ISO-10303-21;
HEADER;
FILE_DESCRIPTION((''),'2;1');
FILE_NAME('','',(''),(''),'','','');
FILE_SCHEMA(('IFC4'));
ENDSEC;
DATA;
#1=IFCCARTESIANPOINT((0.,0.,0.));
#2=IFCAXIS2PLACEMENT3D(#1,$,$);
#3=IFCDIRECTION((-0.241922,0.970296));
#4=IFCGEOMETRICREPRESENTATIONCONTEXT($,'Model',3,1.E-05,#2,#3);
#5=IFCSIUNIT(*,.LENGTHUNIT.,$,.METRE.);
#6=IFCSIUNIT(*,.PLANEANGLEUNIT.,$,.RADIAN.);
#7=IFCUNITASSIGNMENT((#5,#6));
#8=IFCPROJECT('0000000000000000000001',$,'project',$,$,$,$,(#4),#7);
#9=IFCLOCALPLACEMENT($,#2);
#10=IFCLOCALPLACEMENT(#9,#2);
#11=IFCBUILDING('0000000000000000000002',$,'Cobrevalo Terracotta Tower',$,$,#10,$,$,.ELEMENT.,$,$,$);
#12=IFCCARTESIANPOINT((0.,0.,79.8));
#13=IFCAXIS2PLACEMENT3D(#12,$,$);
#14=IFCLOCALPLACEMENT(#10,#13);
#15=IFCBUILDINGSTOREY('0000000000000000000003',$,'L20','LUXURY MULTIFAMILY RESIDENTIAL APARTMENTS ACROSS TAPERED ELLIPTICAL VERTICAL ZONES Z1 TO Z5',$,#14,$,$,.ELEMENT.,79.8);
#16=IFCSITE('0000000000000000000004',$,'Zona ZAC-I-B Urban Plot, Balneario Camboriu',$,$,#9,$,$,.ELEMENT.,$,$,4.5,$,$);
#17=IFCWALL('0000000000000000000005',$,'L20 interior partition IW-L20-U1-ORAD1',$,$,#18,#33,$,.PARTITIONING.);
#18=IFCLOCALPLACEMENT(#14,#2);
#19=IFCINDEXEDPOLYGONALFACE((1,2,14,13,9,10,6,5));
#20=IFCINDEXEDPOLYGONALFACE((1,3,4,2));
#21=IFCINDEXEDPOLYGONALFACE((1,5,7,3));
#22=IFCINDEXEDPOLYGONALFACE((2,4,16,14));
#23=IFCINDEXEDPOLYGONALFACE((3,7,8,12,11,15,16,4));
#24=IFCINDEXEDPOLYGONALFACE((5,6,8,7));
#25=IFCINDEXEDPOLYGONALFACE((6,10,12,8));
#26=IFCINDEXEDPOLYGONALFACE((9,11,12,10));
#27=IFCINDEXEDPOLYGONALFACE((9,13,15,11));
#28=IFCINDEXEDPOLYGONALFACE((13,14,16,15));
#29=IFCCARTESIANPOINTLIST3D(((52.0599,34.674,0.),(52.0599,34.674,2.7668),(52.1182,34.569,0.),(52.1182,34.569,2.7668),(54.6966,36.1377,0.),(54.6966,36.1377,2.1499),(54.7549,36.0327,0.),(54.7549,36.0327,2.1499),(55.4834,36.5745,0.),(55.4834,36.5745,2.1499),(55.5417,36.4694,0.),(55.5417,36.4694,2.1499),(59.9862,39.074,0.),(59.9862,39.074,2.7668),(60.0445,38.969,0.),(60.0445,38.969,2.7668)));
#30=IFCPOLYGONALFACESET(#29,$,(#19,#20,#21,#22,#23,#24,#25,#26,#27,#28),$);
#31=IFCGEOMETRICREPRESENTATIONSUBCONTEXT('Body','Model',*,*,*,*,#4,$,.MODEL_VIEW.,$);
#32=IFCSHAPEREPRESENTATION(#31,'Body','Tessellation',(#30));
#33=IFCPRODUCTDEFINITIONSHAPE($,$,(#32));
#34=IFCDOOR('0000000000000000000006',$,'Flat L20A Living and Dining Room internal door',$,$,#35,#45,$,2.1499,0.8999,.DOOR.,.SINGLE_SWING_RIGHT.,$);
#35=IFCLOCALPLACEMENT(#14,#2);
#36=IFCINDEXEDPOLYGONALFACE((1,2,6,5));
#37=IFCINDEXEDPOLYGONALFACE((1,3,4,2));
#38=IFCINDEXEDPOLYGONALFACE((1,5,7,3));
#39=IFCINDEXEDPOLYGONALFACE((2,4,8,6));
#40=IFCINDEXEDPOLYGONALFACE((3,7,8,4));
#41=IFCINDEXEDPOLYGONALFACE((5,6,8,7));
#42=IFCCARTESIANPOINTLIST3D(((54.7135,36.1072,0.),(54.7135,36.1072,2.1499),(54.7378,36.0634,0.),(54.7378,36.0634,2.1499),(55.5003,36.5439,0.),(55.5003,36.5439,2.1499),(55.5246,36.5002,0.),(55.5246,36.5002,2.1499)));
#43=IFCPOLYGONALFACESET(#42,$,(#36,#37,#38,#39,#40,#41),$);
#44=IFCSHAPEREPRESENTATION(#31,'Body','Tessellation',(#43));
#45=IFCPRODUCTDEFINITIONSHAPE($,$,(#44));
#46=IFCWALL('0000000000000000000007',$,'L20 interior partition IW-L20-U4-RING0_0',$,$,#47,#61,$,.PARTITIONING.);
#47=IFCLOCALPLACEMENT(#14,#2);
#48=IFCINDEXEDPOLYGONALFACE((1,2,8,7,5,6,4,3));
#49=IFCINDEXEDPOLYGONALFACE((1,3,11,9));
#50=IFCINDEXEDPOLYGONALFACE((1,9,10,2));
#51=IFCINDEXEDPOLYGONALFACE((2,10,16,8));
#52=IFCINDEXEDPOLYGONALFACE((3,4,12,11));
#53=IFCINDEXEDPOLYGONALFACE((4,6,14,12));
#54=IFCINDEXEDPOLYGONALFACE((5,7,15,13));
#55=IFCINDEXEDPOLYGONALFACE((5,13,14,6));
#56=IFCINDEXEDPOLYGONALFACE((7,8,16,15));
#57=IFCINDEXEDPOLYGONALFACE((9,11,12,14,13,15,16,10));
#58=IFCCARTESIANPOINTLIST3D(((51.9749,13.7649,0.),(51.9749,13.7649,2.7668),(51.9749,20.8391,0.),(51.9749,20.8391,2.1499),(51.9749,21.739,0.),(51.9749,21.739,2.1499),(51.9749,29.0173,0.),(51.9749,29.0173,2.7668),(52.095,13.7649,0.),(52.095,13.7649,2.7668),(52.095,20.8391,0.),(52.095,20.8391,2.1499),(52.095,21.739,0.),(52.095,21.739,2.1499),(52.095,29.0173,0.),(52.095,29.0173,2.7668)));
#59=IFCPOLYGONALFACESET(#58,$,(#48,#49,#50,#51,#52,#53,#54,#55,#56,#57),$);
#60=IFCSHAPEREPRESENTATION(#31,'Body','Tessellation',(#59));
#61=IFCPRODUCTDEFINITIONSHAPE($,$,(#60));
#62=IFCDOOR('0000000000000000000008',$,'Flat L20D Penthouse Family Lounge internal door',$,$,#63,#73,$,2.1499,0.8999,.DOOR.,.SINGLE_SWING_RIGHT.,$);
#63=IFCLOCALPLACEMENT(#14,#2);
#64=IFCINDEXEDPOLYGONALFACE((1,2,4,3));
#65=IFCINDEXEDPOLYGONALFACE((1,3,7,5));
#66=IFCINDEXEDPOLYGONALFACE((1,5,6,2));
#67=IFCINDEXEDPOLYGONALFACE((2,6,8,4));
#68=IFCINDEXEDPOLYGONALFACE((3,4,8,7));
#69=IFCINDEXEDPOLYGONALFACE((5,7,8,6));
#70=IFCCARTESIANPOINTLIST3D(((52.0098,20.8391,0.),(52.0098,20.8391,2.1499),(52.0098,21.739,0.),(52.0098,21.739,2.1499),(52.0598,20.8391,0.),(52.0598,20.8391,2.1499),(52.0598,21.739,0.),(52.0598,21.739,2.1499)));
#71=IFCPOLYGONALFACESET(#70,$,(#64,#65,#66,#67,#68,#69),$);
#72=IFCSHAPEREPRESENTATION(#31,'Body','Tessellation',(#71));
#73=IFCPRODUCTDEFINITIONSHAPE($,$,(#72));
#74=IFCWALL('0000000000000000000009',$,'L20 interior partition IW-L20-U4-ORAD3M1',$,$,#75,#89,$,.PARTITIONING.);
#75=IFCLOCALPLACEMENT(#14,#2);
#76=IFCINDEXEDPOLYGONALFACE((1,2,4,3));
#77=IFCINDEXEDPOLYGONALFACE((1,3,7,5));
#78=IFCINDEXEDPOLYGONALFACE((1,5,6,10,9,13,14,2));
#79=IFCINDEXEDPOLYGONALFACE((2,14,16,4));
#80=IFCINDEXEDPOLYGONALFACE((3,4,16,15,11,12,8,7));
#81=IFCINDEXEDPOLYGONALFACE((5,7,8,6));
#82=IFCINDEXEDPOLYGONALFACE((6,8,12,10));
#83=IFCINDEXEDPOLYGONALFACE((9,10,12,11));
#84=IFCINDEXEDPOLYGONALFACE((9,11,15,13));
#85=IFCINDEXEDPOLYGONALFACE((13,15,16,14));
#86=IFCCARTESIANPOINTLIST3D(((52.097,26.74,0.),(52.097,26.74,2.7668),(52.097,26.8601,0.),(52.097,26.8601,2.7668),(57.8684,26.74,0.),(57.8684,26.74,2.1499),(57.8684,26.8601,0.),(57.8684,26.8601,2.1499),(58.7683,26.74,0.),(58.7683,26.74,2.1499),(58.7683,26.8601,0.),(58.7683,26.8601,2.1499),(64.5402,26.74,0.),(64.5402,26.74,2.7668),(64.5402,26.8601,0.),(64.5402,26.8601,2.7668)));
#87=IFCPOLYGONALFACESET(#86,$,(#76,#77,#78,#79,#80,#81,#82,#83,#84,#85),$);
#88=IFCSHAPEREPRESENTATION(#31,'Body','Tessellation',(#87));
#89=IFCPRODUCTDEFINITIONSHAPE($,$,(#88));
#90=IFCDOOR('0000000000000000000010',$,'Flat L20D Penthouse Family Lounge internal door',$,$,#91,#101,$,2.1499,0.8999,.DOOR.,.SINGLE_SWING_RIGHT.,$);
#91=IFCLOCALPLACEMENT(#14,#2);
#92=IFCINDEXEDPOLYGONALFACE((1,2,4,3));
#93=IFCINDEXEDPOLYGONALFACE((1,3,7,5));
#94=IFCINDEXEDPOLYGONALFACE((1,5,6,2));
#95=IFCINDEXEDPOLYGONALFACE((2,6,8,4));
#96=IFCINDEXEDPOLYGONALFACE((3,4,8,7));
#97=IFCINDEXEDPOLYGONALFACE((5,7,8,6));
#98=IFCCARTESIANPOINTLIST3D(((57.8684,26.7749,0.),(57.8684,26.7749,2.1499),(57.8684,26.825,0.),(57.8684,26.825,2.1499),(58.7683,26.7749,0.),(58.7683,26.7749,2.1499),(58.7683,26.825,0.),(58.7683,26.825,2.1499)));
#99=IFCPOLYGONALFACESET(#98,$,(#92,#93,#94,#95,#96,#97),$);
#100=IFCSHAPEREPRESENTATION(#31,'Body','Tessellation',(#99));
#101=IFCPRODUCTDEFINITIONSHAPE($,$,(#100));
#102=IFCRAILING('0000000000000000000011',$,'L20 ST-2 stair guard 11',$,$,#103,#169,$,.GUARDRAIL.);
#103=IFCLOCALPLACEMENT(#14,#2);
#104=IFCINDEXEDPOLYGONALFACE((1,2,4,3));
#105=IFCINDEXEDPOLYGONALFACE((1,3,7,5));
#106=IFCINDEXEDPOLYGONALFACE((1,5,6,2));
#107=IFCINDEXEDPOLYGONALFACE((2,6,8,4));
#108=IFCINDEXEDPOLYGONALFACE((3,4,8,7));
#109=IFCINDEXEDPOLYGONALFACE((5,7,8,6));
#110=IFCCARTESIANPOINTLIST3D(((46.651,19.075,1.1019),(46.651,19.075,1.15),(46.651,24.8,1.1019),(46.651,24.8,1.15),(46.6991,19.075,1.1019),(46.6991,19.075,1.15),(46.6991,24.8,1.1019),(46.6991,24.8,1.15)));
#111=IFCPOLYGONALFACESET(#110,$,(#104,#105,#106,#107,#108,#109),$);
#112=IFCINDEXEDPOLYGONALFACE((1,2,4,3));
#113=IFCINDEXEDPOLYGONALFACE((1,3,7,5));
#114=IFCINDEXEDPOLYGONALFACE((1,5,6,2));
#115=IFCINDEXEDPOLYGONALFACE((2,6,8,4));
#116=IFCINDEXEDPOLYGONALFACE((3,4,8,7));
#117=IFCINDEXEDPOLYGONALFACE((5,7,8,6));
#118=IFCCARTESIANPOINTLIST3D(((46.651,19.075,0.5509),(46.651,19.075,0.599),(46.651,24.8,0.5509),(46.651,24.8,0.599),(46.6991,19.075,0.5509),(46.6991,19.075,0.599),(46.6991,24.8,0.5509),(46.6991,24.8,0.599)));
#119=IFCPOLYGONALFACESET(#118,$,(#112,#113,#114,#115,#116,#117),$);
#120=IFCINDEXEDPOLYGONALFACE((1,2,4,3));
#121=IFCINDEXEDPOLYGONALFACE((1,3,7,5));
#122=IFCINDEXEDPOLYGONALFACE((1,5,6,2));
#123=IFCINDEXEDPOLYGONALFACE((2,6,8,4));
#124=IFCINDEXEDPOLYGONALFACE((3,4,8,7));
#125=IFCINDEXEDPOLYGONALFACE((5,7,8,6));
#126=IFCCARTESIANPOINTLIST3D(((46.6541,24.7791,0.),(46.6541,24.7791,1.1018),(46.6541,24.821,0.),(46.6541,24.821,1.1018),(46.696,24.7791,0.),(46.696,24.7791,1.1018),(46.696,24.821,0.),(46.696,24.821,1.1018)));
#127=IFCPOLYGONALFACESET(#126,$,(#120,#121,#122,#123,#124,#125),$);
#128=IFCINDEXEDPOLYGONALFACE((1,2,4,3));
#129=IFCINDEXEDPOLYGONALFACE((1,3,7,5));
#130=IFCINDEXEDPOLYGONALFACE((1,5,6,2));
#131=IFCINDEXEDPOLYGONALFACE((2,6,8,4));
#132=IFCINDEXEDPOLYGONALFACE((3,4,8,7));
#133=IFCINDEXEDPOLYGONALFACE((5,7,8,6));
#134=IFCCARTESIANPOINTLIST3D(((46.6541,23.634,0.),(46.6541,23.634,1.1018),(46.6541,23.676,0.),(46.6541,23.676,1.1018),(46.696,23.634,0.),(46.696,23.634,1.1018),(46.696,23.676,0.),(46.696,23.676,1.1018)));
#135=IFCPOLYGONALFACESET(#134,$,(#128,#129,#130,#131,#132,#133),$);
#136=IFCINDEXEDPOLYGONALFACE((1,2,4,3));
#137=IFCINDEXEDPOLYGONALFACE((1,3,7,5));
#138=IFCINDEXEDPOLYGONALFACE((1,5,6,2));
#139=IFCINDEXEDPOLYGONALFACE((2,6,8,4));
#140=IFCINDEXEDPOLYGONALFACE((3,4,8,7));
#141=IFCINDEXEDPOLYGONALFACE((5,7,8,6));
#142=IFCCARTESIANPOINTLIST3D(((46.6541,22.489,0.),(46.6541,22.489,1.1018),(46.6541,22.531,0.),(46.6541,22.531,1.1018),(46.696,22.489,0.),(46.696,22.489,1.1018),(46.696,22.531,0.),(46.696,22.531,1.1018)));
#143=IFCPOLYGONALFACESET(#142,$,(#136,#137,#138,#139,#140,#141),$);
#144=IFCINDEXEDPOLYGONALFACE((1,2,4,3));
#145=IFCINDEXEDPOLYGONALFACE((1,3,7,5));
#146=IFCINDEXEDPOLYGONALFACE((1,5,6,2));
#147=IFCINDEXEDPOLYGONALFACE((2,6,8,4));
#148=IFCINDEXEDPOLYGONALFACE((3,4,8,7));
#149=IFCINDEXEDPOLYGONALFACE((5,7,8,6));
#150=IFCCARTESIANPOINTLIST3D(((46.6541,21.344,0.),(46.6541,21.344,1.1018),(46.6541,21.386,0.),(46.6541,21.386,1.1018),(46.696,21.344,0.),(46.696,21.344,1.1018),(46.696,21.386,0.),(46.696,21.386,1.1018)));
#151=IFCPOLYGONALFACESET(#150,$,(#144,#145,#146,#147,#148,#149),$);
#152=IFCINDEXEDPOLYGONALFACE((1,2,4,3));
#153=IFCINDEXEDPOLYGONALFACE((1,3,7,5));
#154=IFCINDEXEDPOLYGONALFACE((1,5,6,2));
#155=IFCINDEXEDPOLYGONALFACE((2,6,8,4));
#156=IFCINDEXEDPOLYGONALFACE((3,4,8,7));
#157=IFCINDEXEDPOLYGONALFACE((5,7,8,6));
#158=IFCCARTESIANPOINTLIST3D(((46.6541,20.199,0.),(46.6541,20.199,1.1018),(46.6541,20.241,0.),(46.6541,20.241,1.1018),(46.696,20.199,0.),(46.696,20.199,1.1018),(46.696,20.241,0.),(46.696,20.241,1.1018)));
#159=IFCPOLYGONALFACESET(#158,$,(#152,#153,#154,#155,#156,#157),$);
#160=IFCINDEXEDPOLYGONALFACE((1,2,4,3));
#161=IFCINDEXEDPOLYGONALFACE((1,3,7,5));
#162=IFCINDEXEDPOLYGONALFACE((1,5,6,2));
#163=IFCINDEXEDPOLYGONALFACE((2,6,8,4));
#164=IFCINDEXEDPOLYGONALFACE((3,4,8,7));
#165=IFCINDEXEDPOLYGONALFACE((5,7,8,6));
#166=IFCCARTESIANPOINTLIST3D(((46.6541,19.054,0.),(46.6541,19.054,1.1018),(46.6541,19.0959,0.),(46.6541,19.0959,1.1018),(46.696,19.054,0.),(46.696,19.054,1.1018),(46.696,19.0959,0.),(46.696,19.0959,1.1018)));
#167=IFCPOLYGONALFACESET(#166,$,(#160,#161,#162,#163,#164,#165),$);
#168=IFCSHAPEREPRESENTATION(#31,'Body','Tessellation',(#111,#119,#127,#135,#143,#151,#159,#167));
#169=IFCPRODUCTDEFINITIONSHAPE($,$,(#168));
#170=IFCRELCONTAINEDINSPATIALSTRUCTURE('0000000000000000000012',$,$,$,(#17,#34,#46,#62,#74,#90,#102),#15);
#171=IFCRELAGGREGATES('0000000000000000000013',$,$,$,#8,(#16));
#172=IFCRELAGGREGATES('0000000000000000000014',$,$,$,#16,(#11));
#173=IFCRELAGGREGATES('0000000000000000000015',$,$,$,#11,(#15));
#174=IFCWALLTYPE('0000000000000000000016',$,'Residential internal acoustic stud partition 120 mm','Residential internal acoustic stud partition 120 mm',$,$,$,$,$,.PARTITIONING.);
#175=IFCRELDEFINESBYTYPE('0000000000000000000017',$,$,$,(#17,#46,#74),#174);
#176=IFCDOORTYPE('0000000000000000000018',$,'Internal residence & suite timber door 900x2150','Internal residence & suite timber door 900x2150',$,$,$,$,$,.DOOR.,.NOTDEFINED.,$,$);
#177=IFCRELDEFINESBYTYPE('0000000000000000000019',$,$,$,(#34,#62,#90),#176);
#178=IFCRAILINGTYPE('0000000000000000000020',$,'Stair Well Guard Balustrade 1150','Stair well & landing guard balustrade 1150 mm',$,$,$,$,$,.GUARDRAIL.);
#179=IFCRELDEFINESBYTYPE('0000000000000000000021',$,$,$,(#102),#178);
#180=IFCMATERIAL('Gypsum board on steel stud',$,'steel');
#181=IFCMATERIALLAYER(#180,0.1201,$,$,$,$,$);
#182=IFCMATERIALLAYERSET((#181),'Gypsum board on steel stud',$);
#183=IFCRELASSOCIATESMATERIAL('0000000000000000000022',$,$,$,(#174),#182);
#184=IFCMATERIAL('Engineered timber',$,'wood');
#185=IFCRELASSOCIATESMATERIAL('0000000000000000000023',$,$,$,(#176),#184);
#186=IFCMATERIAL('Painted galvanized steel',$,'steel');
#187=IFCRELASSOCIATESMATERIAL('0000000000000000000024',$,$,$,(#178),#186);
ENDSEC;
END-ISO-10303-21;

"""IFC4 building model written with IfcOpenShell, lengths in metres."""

from ifc_helpers import new_model, si_unit, direction, frame, frame_2d, origin, origin_2d, place, context, subcontext, project, spatial, rectangle, extrude, source, transform, mapped, material, layer, layer_set, type_object, element, fill, save


model = new_model("IFC4")

# Units and contexts
model_context = context("Model", 3, precision=1e-05, world=origin(), true_north=direction((-0.241922, 0.970296)))
body_context = subcontext(model_context, "Body", "Model", "MODEL_VIEW")
ifc_project = project(units=[si_unit("LENGTHUNIT", "METRE"), si_unit("PLANEANGLEUNIT", "RADIAN")], contexts=[model_context])

# Site, building, storey
site_placement = place(None, origin())
site = spatial("IfcSite", under=ifc_project, at=site_placement, Name="Zona ZAC-I-B Urban Plot, Balneario Camboriu", CompositionType="ELEMENT", RefElevation=4.5)
building_placement = place(site_placement, origin())
building = spatial("IfcBuilding", under=site, at=building_placement, Name="Cobrevalo Terracotta Tower", CompositionType="ELEMENT")
storey_placement = place(building_placement, frame((0.0, 0.0, 79.8)))
storey = spatial("IfcBuildingStorey", under=building, at=storey_placement, Name="L20", Description="LUXURY MULTIFAMILY RESIDENTIAL APARTMENTS ACROSS TAPERED ELLIPTICAL VERTICAL ZONES Z1 TO Z5", CompositionType="ELEMENT", Elevation=79.8)

# Walls, openings, doors
ifc_material_1 = material(Name="Gypsum board on steel stud", Category="steel")
ifc_layer_1 = layer(ifc_material_1, 0.1201)
ifc_layer_set_1 = layer_set([ifc_layer_1], Name="Gypsum board on steel stud")
wall_type_1 = type_object("IfcWallType", Name="Residential internal acoustic stud partition 120 mm", Description="Residential internal acoustic stud partition 120 mm", PredefinedType="PARTITIONING", material=ifc_layer_set_1)
wall_1_placement = place(storey_placement, frame((52.0891, 34.6216, 0.0), z_axis=(0.0, 0.0, 1.0), x_axis=(0.874325, 0.485341, 0.0)))
wall_1 = element("IfcWall", 1, at=wall_1_placement, inside=storey, type_object=wall_type_1, Name="L20 interior partition IW-L20-U1-ORAD1", PredefinedType="PARTITIONING", context=body_context, shape_type="SweptSolid", body=[
    extrude(rectangle(XDim=9.0657, YDim=0.1201, at=frame_2d((4.5327, 0.0))), origin(), (0.0, 0.0, 1.0), 2.7668),
])
opening_1_placement = place(wall_1_placement, frame((3.0156, 0.0, 0.0)))
opening_1 = element("IfcOpeningElement", 2, at=opening_1_placement, cuts=wall_1, PredefinedType="OPENING", context=body_context, shape_type="SweptSolid", body=[
    extrude(rectangle(XDim=0.8999, YDim=2.1499, at=frame_2d((0.45, 1.075))), frame((0.0, 0.0701, 0.0), z_axis=(0.0, -1.0, 0.0), x_axis=(1.0, 0.0, 0.0)), (0.0, 0.0, 1.0), 0.1401),
])
ifc_material_2 = material(Name="Engineered timber", Category="wood")
door_type_1 = type_object("IfcDoorType", Name="Internal residence & suite timber door 900x2150", Description="Internal residence & suite timber door 900x2150", OperationType="NOTDEFINED", PredefinedType="DOOR", material=ifc_material_2)
shared_shape_1 = source(origin(), body_context, "Body", "SweptSolid", [
    extrude(rectangle(XDim=0.8999, YDim=2.1499, at=frame_2d((0.45, 1.075))), frame((0.0, 0.0249, 0.0), z_axis=(0.0, -1.0, 0.0), x_axis=(1.0, 0.0, 0.0)), (0.0, 0.0, 1.0), 0.05),
])
door_1_placement = place(opening_1_placement, frame((0.8999, 0.0, 0.0), z_axis=(0.0, 0.0, 1.0), x_axis=(-1.0, 0.0, 0.0)))
door_1 = element("IfcDoor", 3, at=door_1_placement, inside=storey, type_object=door_type_1, Name="Flat L20A Living and Dining Room internal door", OperationType="SINGLE_SWING_RIGHT", OverallHeight=2.1499, OverallWidth=0.8999, PredefinedType="DOOR", context=body_context, shape_type="MappedRepresentation", body=[
    mapped(shared_shape_1, transform((0.0, 0.0, 0.0), scale=1.0)),
])
fill(opening_1, door_1)
wall_2_placement = place(storey_placement, frame((52.0349, 29.0173, 0.0), z_axis=(0.0, 0.0, 1.0), x_axis=(0.0, -1.0, 0.0)))
wall_2 = element("IfcWall", 4, at=wall_2_placement, inside=storey, type_object=wall_type_1, Name="L20 interior partition IW-L20-U4-RING0_0", PredefinedType="PARTITIONING", context=body_context, shape_type="SweptSolid", body=[
    extrude(rectangle(XDim=15.2524, YDim=0.1201, at=frame_2d((7.6262, 0.0))), origin(), (0.0, 0.0, 1.0), 2.7668),
])
opening_2_placement = place(wall_2_placement, frame((7.2783, 0.0, 0.0)))
opening_2 = element("IfcOpeningElement", 5, at=opening_2_placement, cuts=wall_2, PredefinedType="OPENING", context=body_context, shape_type="SweptSolid", body=[
    extrude(rectangle(XDim=0.8999, YDim=2.1499, at=frame_2d((0.45, 1.075))), frame((0.0, 0.0701, 0.0), z_axis=(0.0, -1.0, 0.0), x_axis=(1.0, 0.0, 0.0)), (0.0, 0.0, 1.0), 0.1401),
])
door_2_placement = place(opening_2_placement, origin())
door_2 = element("IfcDoor", 6, at=door_2_placement, inside=storey, type_object=door_type_1, Name="Flat L20D Penthouse Family Lounge internal door", OperationType="SINGLE_SWING_RIGHT", OverallHeight=2.1499, OverallWidth=0.8999, PredefinedType="DOOR", context=body_context, shape_type="MappedRepresentation", body=[
    mapped(shared_shape_1, transform((0.0, 0.0, 0.0), scale=1.0)),
])
fill(opening_2, door_2)
wall_3_placement = place(storey_placement, frame((52.0969, 26.8, 0.0), z_axis=(0.0, 0.0, 1.0), x_axis=(1.0, 0.0, 0.0)))
wall_3 = element("IfcWall", 7, at=wall_3_placement, inside=storey, type_object=wall_type_1, Name="L20 interior partition IW-L20-U4-ORAD3M1", PredefinedType="PARTITIONING", context=body_context, shape_type="SweptSolid", body=[
    extrude(rectangle(XDim=12.4431, YDim=0.1201, at=frame_2d((6.2217, 0.0))), origin(), (0.0, 0.0, 1.0), 2.7668),
])
opening_3_placement = place(wall_3_placement, frame((5.7715, 0.0, 0.0)))
opening_3 = element("IfcOpeningElement", 8, at=opening_3_placement, cuts=wall_3, PredefinedType="OPENING", context=body_context, shape_type="SweptSolid", body=[
    extrude(rectangle(XDim=0.8999, YDim=2.1499, at=frame_2d((0.45, 1.075))), frame((0.0, 0.0701, 0.0), z_axis=(0.0, -1.0, 0.0), x_axis=(1.0, 0.0, 0.0)), (0.0, 0.0, 1.0), 0.1401),
])
door_3_placement = place(opening_3_placement, origin())
door_3 = element("IfcDoor", 9, at=door_3_placement, inside=storey, type_object=door_type_1, Name="Flat L20D Penthouse Family Lounge internal door", OperationType="SINGLE_SWING_RIGHT", OverallHeight=2.1499, OverallWidth=0.8999, PredefinedType="DOOR", context=body_context, shape_type="MappedRepresentation", body=[
    mapped(shared_shape_1, transform((0.0, 0.0, 0.0), scale=1.0)),
])
fill(opening_3, door_3)

# Railing
ifc_material_3 = material(Name="Painted galvanized steel", Category="steel")
railing_type_1 = type_object("IfcRailingType", Name="Stair Well Guard Balustrade 1150", Description="Stair well & landing guard balustrade 1150 mm", PredefinedType="GUARDRAIL", material=ifc_material_3)
railing_1_placement = place(storey_placement, frame((46.675, 24.8, 0.0)))
element("IfcRailing", 10, at=railing_1_placement, inside=storey, type_object=railing_type_1, Name="L20 ST-2 stair guard 11", PredefinedType="GUARDRAIL", context=body_context, shape_type="SweptSolid", body=[
    extrude(rectangle(XDim=0.0481, YDim=0.0481, at=origin_2d()), frame((0.0, 0.0, 1.126), z_axis=(0.0, -1.0, 0.0), x_axis=(1.0, 0.0, 0.0)), (0.0, 0.0, 1.0), 5.7251),
    extrude(rectangle(XDim=0.0481, YDim=0.0481, at=origin_2d()), frame((0.0, 0.0, 0.575), z_axis=(0.0, -1.0, 0.0), x_axis=(1.0, 0.0, 0.0)), (0.0, 0.0, 1.0), 5.7251),
    extrude(rectangle(XDim=0.042, YDim=0.042, at=origin_2d()), origin(), (0.0, 0.0, 1.0), 1.1018),
    extrude(rectangle(XDim=0.042, YDim=0.042, at=origin_2d()), frame((0.0, -1.145, 0.0)), (0.0, 0.0, 1.0), 1.1018),
    extrude(rectangle(XDim=0.042, YDim=0.042, at=origin_2d()), frame((0.0, -2.29, 0.0)), (0.0, 0.0, 1.0), 1.1018),
    extrude(rectangle(XDim=0.042, YDim=0.042, at=origin_2d()), frame((0.0, -3.4351, 0.0)), (0.0, 0.0, 1.0), 1.1018),
    extrude(rectangle(XDim=0.042, YDim=0.042, at=origin_2d()), frame((0.0, -4.5801, 0.0)), (0.0, 0.0, 1.0), 1.1018),
    extrude(rectangle(XDim=0.042, YDim=0.042, at=origin_2d()), frame((0.0, -5.7251, 0.0)), (0.0, 0.0, 1.0), 1.1018),
])

save(model, "model.ifc")
